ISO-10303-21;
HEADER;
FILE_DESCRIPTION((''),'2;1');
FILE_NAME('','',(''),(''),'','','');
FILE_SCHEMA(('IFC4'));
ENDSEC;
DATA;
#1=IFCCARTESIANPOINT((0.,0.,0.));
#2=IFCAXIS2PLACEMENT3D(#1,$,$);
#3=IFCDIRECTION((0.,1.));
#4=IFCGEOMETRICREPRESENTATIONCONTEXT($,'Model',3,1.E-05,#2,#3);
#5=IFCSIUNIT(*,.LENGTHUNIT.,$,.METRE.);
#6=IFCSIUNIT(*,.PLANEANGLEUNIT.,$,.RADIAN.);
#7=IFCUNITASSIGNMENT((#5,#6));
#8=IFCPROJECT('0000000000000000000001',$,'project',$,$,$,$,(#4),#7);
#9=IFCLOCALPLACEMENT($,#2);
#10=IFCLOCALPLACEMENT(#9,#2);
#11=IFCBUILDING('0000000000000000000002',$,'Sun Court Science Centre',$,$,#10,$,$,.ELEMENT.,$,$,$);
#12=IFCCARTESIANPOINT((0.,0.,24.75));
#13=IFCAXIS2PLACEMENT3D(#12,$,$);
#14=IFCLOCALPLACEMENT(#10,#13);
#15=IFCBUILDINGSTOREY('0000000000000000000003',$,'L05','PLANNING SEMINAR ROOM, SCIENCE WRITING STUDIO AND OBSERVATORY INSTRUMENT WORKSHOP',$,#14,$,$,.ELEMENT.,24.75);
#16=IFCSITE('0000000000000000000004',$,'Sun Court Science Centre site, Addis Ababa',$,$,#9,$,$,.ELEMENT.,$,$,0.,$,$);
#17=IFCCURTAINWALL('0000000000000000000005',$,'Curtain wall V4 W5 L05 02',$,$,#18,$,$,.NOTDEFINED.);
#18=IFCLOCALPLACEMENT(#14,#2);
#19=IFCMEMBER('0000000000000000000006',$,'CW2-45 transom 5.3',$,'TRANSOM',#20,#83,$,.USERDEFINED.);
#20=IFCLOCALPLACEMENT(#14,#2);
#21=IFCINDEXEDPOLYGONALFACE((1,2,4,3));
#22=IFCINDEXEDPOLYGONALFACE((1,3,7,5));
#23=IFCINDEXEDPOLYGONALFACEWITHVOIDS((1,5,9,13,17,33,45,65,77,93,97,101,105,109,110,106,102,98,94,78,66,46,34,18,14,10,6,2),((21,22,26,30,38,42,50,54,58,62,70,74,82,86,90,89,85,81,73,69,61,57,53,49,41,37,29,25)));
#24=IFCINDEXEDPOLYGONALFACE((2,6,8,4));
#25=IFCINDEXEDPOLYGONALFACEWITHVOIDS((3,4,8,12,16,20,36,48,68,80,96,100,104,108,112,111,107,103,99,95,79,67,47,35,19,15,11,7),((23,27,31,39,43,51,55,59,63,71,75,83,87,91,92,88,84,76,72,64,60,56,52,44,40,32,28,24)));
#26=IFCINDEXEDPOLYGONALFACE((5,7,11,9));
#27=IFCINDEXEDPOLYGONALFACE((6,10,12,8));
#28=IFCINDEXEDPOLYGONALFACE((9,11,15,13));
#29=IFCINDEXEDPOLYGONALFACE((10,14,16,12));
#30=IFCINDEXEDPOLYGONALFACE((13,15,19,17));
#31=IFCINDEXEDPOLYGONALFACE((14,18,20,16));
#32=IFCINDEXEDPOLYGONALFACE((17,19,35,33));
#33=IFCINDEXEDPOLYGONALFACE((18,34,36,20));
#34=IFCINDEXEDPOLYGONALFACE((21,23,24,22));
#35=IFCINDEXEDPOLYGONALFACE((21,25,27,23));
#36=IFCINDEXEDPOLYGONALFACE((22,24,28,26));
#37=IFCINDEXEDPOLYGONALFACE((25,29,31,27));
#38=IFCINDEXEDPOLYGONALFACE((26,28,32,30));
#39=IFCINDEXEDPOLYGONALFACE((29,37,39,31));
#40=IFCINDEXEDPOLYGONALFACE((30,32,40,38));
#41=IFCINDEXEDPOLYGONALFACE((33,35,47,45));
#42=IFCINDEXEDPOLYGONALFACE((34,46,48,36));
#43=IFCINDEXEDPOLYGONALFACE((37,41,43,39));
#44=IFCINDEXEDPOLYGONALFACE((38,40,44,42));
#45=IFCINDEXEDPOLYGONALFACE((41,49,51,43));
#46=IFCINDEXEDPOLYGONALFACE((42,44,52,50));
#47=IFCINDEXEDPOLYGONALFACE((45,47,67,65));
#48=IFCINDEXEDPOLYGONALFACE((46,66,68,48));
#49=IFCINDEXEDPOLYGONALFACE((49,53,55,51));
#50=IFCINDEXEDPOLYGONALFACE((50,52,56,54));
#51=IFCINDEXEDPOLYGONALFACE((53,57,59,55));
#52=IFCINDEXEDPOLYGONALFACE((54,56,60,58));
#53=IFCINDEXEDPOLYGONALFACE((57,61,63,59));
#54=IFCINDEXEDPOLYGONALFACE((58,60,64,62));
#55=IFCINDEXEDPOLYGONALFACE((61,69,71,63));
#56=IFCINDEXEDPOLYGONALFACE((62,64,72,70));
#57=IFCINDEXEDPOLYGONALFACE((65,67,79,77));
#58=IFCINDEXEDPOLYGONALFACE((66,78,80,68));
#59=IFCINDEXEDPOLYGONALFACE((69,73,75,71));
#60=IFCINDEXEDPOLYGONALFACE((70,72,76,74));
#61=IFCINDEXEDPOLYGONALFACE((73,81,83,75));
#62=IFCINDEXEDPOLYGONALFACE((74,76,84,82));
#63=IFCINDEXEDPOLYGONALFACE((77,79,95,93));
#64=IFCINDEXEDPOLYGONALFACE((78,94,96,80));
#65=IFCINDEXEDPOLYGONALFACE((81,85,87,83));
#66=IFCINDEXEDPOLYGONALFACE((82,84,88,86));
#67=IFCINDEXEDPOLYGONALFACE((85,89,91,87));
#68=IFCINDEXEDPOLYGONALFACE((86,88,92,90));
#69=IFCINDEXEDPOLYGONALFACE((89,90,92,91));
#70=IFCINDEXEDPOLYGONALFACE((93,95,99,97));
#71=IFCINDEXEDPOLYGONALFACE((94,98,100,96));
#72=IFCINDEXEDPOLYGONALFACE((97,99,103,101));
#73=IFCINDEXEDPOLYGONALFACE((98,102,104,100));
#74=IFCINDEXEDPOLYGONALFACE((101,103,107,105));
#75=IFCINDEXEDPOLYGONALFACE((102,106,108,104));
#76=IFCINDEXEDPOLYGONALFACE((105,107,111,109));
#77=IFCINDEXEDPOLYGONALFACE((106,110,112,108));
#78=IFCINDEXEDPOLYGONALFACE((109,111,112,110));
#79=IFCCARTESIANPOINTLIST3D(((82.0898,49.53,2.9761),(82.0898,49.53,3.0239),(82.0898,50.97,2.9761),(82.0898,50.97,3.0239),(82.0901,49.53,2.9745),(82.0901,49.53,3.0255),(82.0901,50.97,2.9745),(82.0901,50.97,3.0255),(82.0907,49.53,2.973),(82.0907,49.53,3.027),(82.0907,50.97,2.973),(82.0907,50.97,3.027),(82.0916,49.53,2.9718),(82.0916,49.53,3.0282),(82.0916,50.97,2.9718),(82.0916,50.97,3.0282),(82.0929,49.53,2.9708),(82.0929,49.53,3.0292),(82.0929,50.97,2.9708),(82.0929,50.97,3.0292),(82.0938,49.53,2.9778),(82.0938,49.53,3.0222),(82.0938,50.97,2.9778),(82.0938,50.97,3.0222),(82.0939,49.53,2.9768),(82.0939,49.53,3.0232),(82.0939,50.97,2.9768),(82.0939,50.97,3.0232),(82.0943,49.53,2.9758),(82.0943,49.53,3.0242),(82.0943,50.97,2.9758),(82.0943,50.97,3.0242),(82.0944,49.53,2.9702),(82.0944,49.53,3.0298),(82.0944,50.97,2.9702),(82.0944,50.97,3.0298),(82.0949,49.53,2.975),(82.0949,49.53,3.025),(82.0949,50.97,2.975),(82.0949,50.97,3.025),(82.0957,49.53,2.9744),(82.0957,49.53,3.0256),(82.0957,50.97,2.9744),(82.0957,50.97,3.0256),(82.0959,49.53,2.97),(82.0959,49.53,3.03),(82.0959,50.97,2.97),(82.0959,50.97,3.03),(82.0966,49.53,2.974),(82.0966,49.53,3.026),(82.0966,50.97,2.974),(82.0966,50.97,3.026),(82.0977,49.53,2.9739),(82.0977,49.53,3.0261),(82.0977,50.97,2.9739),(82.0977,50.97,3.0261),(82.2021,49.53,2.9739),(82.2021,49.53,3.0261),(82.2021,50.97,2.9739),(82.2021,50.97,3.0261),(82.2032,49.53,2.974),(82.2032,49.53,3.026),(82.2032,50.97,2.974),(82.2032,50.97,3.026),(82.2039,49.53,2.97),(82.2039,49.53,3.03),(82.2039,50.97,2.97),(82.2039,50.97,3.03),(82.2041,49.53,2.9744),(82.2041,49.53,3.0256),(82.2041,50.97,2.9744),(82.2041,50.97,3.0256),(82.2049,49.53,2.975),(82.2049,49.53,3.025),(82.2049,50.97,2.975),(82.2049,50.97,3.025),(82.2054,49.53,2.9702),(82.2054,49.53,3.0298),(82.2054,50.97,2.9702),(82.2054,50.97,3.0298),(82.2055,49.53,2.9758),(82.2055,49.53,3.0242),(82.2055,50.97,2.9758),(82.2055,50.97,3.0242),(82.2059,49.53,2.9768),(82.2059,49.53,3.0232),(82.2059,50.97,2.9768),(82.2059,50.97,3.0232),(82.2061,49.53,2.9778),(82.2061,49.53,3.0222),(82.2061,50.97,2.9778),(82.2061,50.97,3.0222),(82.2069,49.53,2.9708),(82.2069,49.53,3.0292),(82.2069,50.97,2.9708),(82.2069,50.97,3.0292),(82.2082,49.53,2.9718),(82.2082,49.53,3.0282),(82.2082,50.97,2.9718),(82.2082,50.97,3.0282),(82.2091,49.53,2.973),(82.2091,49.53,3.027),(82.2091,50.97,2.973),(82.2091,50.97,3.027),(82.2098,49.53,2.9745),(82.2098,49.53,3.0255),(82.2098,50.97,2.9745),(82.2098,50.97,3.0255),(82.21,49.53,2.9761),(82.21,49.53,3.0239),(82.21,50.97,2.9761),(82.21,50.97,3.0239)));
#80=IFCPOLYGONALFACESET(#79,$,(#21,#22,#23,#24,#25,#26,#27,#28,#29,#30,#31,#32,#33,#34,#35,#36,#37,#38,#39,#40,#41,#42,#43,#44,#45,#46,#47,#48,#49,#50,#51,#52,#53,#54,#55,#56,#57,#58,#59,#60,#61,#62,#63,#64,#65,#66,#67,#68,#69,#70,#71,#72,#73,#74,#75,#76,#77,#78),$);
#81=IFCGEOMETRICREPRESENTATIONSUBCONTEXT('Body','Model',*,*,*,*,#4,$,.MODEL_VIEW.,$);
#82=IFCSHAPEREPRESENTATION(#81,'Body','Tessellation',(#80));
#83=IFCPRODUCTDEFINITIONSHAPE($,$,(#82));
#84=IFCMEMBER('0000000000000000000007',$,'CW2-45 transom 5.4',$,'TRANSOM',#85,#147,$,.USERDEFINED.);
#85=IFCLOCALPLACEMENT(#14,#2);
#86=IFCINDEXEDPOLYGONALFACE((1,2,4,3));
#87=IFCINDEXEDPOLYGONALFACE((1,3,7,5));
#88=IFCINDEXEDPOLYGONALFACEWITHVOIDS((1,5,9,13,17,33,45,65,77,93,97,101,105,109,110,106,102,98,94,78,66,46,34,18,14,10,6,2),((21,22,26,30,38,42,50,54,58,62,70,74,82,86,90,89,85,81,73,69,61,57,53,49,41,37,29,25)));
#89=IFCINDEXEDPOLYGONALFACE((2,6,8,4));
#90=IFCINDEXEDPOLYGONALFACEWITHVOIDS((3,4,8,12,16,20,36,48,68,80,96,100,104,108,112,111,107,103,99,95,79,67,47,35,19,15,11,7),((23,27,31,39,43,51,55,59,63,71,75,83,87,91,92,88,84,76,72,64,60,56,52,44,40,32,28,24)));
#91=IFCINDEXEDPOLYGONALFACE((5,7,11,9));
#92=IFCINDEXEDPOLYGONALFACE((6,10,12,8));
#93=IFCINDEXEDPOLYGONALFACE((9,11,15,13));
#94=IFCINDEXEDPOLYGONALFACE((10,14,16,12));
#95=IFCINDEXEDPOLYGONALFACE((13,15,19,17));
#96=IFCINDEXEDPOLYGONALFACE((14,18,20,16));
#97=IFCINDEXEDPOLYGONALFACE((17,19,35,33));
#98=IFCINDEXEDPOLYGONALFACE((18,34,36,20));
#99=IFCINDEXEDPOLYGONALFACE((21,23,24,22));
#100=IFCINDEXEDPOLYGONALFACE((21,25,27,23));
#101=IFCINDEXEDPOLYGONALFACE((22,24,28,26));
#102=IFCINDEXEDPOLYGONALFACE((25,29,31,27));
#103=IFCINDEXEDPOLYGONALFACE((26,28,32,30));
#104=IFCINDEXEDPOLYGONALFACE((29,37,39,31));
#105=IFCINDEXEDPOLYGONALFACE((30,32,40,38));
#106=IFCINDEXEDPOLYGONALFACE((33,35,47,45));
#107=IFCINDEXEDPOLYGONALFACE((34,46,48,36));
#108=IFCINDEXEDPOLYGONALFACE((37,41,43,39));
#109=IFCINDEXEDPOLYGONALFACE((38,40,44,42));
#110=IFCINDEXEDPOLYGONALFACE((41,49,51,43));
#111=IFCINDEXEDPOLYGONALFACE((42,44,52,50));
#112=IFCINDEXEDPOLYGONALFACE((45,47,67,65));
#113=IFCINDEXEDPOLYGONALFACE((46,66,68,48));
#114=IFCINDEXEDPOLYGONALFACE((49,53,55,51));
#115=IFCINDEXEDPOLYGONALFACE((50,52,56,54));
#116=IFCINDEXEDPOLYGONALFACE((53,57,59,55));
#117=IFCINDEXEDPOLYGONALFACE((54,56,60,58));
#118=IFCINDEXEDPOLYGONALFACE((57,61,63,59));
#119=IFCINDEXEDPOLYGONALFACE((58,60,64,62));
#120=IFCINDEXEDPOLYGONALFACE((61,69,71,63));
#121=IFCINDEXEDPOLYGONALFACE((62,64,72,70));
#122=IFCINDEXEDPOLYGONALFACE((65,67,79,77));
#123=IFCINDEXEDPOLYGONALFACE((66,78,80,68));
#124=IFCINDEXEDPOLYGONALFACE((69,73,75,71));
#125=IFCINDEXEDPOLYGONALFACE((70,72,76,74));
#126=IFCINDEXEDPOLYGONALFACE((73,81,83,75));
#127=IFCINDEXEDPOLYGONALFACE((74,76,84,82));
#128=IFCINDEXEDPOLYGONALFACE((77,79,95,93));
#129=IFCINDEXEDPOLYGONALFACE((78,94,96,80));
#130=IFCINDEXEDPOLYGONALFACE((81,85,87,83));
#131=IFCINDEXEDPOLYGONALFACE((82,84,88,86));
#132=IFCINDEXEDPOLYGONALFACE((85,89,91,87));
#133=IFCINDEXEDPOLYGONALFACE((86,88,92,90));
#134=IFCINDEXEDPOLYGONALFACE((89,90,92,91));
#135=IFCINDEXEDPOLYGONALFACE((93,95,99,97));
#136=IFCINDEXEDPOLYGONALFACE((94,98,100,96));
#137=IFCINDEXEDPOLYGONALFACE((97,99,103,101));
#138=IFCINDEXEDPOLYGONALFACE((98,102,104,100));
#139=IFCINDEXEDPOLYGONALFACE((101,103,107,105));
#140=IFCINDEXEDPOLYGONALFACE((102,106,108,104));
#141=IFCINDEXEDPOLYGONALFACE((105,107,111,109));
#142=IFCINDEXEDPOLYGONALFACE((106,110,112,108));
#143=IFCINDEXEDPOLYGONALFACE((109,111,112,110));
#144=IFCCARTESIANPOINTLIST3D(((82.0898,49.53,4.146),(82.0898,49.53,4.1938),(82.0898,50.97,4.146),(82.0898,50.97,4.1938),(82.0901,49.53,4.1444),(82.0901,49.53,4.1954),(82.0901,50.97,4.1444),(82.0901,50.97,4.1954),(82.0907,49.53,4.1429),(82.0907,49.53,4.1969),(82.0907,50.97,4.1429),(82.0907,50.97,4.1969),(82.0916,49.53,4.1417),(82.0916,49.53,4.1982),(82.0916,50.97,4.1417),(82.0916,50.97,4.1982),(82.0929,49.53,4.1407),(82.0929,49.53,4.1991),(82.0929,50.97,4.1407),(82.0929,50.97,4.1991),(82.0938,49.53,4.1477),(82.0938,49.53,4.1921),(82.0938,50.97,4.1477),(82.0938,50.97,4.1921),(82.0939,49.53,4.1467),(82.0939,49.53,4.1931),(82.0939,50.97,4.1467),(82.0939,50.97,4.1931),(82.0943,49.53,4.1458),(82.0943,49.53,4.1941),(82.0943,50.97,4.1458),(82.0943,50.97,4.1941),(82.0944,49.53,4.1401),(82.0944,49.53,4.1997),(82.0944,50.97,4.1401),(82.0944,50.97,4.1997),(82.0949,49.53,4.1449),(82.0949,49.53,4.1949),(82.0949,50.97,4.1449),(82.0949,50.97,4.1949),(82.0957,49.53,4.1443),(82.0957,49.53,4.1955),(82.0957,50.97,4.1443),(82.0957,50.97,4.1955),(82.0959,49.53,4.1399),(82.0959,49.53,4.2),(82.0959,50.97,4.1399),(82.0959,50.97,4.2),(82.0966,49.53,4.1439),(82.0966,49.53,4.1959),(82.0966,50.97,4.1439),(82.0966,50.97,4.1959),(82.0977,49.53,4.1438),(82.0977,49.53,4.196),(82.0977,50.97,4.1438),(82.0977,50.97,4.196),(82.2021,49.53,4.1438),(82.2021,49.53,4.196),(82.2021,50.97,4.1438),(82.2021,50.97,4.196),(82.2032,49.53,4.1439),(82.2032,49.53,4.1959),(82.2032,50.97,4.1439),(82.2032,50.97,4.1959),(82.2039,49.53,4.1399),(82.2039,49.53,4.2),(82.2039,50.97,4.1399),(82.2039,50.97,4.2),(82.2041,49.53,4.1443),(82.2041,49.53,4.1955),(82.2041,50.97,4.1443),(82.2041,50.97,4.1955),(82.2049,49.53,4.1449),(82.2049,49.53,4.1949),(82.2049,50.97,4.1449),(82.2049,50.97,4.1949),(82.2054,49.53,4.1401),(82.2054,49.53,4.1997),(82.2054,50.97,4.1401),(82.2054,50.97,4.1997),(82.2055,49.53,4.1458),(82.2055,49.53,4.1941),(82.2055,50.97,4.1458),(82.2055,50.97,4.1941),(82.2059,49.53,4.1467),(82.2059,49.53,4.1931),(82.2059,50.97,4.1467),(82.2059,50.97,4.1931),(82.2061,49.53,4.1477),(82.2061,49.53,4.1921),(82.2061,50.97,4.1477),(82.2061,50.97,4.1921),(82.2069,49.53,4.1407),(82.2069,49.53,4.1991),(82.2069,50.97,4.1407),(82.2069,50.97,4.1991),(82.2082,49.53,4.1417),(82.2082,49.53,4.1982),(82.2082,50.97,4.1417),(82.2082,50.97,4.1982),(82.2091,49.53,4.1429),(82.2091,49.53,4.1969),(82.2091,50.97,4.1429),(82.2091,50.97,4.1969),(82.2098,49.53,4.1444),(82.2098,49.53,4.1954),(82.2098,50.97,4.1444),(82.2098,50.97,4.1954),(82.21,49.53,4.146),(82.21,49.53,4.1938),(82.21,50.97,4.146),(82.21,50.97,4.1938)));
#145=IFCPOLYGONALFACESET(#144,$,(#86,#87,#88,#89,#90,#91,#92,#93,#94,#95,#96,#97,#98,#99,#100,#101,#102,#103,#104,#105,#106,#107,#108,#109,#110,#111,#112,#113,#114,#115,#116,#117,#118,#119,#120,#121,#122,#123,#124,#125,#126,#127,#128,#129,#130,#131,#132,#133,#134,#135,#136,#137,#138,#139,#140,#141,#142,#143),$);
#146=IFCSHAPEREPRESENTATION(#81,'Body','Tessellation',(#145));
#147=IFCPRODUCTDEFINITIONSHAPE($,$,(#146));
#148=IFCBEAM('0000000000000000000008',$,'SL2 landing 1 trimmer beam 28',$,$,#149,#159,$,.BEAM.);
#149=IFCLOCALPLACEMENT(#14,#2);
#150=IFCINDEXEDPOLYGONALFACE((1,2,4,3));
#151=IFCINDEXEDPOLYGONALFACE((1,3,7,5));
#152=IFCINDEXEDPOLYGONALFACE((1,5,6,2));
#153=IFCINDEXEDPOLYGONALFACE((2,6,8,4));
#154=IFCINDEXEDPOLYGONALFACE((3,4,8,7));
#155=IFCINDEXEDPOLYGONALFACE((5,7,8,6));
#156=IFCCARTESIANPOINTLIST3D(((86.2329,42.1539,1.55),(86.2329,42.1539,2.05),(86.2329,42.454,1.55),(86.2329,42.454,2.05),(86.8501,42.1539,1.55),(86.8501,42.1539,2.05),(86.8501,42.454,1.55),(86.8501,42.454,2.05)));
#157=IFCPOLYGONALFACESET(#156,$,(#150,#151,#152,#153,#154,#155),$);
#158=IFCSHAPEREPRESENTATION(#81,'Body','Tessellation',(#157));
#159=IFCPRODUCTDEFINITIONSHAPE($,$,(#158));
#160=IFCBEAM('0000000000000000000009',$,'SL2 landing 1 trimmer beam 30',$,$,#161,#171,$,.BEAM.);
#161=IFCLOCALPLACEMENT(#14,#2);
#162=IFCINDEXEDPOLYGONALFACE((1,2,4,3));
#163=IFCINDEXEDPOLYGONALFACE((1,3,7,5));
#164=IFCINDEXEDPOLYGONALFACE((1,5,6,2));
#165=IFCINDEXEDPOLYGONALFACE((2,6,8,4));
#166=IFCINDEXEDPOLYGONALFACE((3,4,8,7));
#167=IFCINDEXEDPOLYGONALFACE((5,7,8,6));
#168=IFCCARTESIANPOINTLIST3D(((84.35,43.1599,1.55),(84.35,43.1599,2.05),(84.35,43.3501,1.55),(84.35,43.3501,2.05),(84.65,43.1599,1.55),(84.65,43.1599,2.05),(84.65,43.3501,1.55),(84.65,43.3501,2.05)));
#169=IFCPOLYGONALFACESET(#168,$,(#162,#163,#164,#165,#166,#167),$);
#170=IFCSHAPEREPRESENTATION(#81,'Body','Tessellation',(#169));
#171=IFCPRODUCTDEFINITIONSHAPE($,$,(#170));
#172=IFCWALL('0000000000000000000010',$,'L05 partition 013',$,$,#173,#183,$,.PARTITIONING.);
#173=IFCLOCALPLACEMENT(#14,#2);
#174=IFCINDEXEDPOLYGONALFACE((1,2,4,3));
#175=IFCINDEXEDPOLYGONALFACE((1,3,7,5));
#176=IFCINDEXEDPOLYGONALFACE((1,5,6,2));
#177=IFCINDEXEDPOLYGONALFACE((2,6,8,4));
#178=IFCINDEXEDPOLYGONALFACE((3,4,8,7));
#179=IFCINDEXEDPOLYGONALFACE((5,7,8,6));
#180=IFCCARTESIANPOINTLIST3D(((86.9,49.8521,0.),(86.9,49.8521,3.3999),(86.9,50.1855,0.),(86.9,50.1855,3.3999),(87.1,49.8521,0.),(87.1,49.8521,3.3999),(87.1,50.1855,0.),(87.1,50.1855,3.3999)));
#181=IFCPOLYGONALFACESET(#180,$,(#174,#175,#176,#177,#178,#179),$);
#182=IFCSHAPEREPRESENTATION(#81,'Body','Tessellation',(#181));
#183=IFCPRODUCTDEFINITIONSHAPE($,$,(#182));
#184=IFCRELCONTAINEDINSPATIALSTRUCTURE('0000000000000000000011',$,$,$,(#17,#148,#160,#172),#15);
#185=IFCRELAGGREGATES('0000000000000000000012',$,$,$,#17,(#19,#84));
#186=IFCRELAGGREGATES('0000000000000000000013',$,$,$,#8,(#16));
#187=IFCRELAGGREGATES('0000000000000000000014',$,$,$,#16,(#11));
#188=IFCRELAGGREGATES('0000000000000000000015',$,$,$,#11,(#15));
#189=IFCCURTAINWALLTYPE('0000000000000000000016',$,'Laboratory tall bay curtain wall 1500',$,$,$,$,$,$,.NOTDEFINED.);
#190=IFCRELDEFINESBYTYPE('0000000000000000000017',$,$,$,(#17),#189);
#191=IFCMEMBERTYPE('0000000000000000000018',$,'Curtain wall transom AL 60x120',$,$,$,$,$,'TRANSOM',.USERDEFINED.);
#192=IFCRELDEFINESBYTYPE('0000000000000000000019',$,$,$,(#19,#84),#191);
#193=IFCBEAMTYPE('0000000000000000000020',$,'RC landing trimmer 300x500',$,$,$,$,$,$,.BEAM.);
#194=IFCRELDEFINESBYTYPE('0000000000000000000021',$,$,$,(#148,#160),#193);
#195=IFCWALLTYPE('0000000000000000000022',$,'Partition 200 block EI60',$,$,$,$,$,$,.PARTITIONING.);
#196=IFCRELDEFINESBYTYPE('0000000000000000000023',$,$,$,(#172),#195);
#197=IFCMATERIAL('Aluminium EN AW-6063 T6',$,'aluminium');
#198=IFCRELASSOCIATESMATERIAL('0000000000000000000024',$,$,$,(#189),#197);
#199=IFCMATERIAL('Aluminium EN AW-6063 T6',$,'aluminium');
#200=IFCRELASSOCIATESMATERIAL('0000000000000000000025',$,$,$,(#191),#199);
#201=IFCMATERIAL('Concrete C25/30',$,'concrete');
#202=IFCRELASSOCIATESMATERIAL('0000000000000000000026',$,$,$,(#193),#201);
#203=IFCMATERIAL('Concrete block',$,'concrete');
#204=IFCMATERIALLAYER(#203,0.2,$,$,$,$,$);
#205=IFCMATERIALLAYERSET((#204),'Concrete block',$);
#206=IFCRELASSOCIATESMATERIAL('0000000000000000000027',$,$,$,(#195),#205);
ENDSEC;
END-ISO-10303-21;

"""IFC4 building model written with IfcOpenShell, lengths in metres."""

from ifc_helpers import new_model, si_unit, direction, frame, frame_2d, origin, origin_2d, place, context, subcontext, project, spatial, rectangle, hollow_rectangle, extrude, material, layer, layer_set, material_profile, profile_set, type_object, element, aggregate, save


model = new_model("IFC4")

# Units and contexts
model_context = context("Model", 3, precision=1e-05, world=origin(), true_north=direction((0.0, 1.0)))
body_context = subcontext(model_context, "Body", "Model", "MODEL_VIEW")
ifc_project = project(units=[si_unit("LENGTHUNIT", "METRE"), si_unit("PLANEANGLEUNIT", "RADIAN")], contexts=[model_context])

# Site, building, storey
site_placement = place(None, origin())
site = spatial("IfcSite", under=ifc_project, at=site_placement, Name="Sun Court Science Centre site, Addis Ababa", CompositionType="ELEMENT", RefElevation=0.0)
building_placement = place(site_placement, origin())
building = spatial("IfcBuilding", under=site, at=building_placement, Name="Sun Court Science Centre", CompositionType="ELEMENT")
storey_placement = place(building_placement, frame((0.0, 0.0, 24.75)))
storey = spatial("IfcBuildingStorey", under=building, at=storey_placement, Name="L05", Description="PLANNING SEMINAR ROOM, SCIENCE WRITING STUDIO AND OBSERVATORY INSTRUMENT WORKSHOP", CompositionType="ELEMENT", Elevation=24.75)

# Curtain wall, members
ifc_material_1 = material(Name="Aluminium EN AW-6063 T6", Category="aluminium")
curtain_wall_type = type_object("IfcCurtainWallType", Name="Laboratory tall bay curtain wall 1500", PredefinedType="NOTDEFINED", material=ifc_material_1)
curtain_wall_placement = place(storey_placement, origin())
curtain_wall = element("IfcCurtainWall", 1, at=curtain_wall_placement, inside=storey, type_object=curtain_wall_type, Name="Curtain wall V4 W5 L05 02", PredefinedType="NOTDEFINED")
ifc_material_2 = material(Name="Aluminium EN AW-6063 T6", Category="aluminium")
ifc_material_profile_1 = material_profile(ifc_material_2, hollow_rectangle(XDim=0.0601, YDim=0.1201, WallThickness=0.0039, InnerFilletRadius=0.0039, OuterFilletRadius=0.0061, at=origin_2d()), Name="AL 60x120x4")
ifc_profile_set_1 = profile_set([ifc_material_profile_1], Name="Aluminium EN AW-6063 T6")
member_type = type_object("IfcMemberType", Name="Curtain wall transom AL 60x120", ElementType="TRANSOM", PredefinedType="USERDEFINED", material=ifc_profile_set_1)
member_1_placement = place(storey_placement, frame((82.1499, 49.53, 3.0), z_axis=(0.0, 1.0, 0.0), x_axis=(0.0, 0.0, 1.0)))
member_1 = element("IfcMember", 2, at=member_1_placement, type_object=member_type, Name="CW2-45 transom 5.3", ObjectType="TRANSOM", PredefinedType="USERDEFINED", context=body_context, shape_type="SweptSolid", body=[
    extrude(hollow_rectangle(XDim=0.0601, YDim=0.1201, WallThickness=0.0039, InnerFilletRadius=0.0039, OuterFilletRadius=0.0061, at=origin_2d()), origin(), (0.0, 0.0, 1.0), 1.4399),
])
member_2_placement = place(storey_placement, frame((82.1499, 49.53, 4.1699), z_axis=(0.0, 1.0, 0.0), x_axis=(0.0, 0.0, 1.0)))
member_2 = element("IfcMember", 3, at=member_2_placement, type_object=member_type, Name="CW2-45 transom 5.4", ObjectType="TRANSOM", PredefinedType="USERDEFINED", context=body_context, shape_type="SweptSolid", body=[
    extrude(hollow_rectangle(XDim=0.0601, YDim=0.1201, WallThickness=0.0039, InnerFilletRadius=0.0039, OuterFilletRadius=0.0061, at=origin_2d()), origin(), (0.0, 0.0, 1.0), 1.4399),
])
aggregate(curtain_wall, [member_1, member_2])

# Beams
ifc_material_3 = material(Name="Concrete C25/30", Category="concrete")
ifc_material_profile_2 = material_profile(ifc_material_3, rectangle(XDim=0.3, YDim=0.5, at=origin_2d()), Name="RC 300x500")
ifc_profile_set_2 = profile_set([ifc_material_profile_2], Name="Concrete C25/30")
beam_type = type_object("IfcBeamType", Name="RC landing trimmer 300x500", PredefinedType="BEAM", material=ifc_profile_set_2)
beam_1_placement = place(storey_placement, frame((86.8501, 42.304, 1.8), z_axis=(-1.0, 0.0, 0.0), x_axis=(0.0, -1.0, 0.0)))
element("IfcBeam", 4, at=beam_1_placement, inside=storey, type_object=beam_type, Name="SL2 landing 1 trimmer beam 28", PredefinedType="BEAM", context=body_context, shape_type="SweptSolid", body=[
    extrude(rectangle(XDim=0.3, YDim=0.5, at=origin_2d()), origin(), (0.0, 0.0, 1.0), 0.6172),
])
beam_2_placement = place(storey_placement, frame((84.5, 43.3501, 1.8), z_axis=(0.0, -1.0, 0.0), x_axis=(1.0, 0.0, 0.0)))
element("IfcBeam", 5, at=beam_2_placement, inside=storey, type_object=beam_type, Name="SL2 landing 1 trimmer beam 30", PredefinedType="BEAM", context=body_context, shape_type="SweptSolid", body=[
    extrude(rectangle(XDim=0.3, YDim=0.5, at=origin_2d()), origin(), (0.0, 0.0, 1.0), 0.1902),
])

# Wall
ifc_material_4 = material(Name="Concrete block", Category="concrete")
ifc_layer_1 = layer(ifc_material_4, 0.2)
ifc_layer_set_1 = layer_set([ifc_layer_1], Name="Concrete block")
wall_type_1 = type_object("IfcWallType", Name="Partition 200 block EI60", PredefinedType="PARTITIONING", material=ifc_layer_set_1)
wall_1_placement = place(storey_placement, frame((87.0, 49.8521, 0.0), z_axis=(0.0, 0.0, 1.0), x_axis=(0.0, 1.0, 0.0)))
element("IfcWall", 6, at=wall_1_placement, inside=storey, type_object=wall_type_1, Name="L05 partition 013", PredefinedType="PARTITIONING", context=body_context, shape_type="SweptSolid", body=[
    extrude(rectangle(XDim=0.3335, YDim=0.2, at=frame_2d((0.1667, 0.0))), origin(), (0.0, 0.0, 1.0), 3.3999),
])

save(model, "model.ifc")
